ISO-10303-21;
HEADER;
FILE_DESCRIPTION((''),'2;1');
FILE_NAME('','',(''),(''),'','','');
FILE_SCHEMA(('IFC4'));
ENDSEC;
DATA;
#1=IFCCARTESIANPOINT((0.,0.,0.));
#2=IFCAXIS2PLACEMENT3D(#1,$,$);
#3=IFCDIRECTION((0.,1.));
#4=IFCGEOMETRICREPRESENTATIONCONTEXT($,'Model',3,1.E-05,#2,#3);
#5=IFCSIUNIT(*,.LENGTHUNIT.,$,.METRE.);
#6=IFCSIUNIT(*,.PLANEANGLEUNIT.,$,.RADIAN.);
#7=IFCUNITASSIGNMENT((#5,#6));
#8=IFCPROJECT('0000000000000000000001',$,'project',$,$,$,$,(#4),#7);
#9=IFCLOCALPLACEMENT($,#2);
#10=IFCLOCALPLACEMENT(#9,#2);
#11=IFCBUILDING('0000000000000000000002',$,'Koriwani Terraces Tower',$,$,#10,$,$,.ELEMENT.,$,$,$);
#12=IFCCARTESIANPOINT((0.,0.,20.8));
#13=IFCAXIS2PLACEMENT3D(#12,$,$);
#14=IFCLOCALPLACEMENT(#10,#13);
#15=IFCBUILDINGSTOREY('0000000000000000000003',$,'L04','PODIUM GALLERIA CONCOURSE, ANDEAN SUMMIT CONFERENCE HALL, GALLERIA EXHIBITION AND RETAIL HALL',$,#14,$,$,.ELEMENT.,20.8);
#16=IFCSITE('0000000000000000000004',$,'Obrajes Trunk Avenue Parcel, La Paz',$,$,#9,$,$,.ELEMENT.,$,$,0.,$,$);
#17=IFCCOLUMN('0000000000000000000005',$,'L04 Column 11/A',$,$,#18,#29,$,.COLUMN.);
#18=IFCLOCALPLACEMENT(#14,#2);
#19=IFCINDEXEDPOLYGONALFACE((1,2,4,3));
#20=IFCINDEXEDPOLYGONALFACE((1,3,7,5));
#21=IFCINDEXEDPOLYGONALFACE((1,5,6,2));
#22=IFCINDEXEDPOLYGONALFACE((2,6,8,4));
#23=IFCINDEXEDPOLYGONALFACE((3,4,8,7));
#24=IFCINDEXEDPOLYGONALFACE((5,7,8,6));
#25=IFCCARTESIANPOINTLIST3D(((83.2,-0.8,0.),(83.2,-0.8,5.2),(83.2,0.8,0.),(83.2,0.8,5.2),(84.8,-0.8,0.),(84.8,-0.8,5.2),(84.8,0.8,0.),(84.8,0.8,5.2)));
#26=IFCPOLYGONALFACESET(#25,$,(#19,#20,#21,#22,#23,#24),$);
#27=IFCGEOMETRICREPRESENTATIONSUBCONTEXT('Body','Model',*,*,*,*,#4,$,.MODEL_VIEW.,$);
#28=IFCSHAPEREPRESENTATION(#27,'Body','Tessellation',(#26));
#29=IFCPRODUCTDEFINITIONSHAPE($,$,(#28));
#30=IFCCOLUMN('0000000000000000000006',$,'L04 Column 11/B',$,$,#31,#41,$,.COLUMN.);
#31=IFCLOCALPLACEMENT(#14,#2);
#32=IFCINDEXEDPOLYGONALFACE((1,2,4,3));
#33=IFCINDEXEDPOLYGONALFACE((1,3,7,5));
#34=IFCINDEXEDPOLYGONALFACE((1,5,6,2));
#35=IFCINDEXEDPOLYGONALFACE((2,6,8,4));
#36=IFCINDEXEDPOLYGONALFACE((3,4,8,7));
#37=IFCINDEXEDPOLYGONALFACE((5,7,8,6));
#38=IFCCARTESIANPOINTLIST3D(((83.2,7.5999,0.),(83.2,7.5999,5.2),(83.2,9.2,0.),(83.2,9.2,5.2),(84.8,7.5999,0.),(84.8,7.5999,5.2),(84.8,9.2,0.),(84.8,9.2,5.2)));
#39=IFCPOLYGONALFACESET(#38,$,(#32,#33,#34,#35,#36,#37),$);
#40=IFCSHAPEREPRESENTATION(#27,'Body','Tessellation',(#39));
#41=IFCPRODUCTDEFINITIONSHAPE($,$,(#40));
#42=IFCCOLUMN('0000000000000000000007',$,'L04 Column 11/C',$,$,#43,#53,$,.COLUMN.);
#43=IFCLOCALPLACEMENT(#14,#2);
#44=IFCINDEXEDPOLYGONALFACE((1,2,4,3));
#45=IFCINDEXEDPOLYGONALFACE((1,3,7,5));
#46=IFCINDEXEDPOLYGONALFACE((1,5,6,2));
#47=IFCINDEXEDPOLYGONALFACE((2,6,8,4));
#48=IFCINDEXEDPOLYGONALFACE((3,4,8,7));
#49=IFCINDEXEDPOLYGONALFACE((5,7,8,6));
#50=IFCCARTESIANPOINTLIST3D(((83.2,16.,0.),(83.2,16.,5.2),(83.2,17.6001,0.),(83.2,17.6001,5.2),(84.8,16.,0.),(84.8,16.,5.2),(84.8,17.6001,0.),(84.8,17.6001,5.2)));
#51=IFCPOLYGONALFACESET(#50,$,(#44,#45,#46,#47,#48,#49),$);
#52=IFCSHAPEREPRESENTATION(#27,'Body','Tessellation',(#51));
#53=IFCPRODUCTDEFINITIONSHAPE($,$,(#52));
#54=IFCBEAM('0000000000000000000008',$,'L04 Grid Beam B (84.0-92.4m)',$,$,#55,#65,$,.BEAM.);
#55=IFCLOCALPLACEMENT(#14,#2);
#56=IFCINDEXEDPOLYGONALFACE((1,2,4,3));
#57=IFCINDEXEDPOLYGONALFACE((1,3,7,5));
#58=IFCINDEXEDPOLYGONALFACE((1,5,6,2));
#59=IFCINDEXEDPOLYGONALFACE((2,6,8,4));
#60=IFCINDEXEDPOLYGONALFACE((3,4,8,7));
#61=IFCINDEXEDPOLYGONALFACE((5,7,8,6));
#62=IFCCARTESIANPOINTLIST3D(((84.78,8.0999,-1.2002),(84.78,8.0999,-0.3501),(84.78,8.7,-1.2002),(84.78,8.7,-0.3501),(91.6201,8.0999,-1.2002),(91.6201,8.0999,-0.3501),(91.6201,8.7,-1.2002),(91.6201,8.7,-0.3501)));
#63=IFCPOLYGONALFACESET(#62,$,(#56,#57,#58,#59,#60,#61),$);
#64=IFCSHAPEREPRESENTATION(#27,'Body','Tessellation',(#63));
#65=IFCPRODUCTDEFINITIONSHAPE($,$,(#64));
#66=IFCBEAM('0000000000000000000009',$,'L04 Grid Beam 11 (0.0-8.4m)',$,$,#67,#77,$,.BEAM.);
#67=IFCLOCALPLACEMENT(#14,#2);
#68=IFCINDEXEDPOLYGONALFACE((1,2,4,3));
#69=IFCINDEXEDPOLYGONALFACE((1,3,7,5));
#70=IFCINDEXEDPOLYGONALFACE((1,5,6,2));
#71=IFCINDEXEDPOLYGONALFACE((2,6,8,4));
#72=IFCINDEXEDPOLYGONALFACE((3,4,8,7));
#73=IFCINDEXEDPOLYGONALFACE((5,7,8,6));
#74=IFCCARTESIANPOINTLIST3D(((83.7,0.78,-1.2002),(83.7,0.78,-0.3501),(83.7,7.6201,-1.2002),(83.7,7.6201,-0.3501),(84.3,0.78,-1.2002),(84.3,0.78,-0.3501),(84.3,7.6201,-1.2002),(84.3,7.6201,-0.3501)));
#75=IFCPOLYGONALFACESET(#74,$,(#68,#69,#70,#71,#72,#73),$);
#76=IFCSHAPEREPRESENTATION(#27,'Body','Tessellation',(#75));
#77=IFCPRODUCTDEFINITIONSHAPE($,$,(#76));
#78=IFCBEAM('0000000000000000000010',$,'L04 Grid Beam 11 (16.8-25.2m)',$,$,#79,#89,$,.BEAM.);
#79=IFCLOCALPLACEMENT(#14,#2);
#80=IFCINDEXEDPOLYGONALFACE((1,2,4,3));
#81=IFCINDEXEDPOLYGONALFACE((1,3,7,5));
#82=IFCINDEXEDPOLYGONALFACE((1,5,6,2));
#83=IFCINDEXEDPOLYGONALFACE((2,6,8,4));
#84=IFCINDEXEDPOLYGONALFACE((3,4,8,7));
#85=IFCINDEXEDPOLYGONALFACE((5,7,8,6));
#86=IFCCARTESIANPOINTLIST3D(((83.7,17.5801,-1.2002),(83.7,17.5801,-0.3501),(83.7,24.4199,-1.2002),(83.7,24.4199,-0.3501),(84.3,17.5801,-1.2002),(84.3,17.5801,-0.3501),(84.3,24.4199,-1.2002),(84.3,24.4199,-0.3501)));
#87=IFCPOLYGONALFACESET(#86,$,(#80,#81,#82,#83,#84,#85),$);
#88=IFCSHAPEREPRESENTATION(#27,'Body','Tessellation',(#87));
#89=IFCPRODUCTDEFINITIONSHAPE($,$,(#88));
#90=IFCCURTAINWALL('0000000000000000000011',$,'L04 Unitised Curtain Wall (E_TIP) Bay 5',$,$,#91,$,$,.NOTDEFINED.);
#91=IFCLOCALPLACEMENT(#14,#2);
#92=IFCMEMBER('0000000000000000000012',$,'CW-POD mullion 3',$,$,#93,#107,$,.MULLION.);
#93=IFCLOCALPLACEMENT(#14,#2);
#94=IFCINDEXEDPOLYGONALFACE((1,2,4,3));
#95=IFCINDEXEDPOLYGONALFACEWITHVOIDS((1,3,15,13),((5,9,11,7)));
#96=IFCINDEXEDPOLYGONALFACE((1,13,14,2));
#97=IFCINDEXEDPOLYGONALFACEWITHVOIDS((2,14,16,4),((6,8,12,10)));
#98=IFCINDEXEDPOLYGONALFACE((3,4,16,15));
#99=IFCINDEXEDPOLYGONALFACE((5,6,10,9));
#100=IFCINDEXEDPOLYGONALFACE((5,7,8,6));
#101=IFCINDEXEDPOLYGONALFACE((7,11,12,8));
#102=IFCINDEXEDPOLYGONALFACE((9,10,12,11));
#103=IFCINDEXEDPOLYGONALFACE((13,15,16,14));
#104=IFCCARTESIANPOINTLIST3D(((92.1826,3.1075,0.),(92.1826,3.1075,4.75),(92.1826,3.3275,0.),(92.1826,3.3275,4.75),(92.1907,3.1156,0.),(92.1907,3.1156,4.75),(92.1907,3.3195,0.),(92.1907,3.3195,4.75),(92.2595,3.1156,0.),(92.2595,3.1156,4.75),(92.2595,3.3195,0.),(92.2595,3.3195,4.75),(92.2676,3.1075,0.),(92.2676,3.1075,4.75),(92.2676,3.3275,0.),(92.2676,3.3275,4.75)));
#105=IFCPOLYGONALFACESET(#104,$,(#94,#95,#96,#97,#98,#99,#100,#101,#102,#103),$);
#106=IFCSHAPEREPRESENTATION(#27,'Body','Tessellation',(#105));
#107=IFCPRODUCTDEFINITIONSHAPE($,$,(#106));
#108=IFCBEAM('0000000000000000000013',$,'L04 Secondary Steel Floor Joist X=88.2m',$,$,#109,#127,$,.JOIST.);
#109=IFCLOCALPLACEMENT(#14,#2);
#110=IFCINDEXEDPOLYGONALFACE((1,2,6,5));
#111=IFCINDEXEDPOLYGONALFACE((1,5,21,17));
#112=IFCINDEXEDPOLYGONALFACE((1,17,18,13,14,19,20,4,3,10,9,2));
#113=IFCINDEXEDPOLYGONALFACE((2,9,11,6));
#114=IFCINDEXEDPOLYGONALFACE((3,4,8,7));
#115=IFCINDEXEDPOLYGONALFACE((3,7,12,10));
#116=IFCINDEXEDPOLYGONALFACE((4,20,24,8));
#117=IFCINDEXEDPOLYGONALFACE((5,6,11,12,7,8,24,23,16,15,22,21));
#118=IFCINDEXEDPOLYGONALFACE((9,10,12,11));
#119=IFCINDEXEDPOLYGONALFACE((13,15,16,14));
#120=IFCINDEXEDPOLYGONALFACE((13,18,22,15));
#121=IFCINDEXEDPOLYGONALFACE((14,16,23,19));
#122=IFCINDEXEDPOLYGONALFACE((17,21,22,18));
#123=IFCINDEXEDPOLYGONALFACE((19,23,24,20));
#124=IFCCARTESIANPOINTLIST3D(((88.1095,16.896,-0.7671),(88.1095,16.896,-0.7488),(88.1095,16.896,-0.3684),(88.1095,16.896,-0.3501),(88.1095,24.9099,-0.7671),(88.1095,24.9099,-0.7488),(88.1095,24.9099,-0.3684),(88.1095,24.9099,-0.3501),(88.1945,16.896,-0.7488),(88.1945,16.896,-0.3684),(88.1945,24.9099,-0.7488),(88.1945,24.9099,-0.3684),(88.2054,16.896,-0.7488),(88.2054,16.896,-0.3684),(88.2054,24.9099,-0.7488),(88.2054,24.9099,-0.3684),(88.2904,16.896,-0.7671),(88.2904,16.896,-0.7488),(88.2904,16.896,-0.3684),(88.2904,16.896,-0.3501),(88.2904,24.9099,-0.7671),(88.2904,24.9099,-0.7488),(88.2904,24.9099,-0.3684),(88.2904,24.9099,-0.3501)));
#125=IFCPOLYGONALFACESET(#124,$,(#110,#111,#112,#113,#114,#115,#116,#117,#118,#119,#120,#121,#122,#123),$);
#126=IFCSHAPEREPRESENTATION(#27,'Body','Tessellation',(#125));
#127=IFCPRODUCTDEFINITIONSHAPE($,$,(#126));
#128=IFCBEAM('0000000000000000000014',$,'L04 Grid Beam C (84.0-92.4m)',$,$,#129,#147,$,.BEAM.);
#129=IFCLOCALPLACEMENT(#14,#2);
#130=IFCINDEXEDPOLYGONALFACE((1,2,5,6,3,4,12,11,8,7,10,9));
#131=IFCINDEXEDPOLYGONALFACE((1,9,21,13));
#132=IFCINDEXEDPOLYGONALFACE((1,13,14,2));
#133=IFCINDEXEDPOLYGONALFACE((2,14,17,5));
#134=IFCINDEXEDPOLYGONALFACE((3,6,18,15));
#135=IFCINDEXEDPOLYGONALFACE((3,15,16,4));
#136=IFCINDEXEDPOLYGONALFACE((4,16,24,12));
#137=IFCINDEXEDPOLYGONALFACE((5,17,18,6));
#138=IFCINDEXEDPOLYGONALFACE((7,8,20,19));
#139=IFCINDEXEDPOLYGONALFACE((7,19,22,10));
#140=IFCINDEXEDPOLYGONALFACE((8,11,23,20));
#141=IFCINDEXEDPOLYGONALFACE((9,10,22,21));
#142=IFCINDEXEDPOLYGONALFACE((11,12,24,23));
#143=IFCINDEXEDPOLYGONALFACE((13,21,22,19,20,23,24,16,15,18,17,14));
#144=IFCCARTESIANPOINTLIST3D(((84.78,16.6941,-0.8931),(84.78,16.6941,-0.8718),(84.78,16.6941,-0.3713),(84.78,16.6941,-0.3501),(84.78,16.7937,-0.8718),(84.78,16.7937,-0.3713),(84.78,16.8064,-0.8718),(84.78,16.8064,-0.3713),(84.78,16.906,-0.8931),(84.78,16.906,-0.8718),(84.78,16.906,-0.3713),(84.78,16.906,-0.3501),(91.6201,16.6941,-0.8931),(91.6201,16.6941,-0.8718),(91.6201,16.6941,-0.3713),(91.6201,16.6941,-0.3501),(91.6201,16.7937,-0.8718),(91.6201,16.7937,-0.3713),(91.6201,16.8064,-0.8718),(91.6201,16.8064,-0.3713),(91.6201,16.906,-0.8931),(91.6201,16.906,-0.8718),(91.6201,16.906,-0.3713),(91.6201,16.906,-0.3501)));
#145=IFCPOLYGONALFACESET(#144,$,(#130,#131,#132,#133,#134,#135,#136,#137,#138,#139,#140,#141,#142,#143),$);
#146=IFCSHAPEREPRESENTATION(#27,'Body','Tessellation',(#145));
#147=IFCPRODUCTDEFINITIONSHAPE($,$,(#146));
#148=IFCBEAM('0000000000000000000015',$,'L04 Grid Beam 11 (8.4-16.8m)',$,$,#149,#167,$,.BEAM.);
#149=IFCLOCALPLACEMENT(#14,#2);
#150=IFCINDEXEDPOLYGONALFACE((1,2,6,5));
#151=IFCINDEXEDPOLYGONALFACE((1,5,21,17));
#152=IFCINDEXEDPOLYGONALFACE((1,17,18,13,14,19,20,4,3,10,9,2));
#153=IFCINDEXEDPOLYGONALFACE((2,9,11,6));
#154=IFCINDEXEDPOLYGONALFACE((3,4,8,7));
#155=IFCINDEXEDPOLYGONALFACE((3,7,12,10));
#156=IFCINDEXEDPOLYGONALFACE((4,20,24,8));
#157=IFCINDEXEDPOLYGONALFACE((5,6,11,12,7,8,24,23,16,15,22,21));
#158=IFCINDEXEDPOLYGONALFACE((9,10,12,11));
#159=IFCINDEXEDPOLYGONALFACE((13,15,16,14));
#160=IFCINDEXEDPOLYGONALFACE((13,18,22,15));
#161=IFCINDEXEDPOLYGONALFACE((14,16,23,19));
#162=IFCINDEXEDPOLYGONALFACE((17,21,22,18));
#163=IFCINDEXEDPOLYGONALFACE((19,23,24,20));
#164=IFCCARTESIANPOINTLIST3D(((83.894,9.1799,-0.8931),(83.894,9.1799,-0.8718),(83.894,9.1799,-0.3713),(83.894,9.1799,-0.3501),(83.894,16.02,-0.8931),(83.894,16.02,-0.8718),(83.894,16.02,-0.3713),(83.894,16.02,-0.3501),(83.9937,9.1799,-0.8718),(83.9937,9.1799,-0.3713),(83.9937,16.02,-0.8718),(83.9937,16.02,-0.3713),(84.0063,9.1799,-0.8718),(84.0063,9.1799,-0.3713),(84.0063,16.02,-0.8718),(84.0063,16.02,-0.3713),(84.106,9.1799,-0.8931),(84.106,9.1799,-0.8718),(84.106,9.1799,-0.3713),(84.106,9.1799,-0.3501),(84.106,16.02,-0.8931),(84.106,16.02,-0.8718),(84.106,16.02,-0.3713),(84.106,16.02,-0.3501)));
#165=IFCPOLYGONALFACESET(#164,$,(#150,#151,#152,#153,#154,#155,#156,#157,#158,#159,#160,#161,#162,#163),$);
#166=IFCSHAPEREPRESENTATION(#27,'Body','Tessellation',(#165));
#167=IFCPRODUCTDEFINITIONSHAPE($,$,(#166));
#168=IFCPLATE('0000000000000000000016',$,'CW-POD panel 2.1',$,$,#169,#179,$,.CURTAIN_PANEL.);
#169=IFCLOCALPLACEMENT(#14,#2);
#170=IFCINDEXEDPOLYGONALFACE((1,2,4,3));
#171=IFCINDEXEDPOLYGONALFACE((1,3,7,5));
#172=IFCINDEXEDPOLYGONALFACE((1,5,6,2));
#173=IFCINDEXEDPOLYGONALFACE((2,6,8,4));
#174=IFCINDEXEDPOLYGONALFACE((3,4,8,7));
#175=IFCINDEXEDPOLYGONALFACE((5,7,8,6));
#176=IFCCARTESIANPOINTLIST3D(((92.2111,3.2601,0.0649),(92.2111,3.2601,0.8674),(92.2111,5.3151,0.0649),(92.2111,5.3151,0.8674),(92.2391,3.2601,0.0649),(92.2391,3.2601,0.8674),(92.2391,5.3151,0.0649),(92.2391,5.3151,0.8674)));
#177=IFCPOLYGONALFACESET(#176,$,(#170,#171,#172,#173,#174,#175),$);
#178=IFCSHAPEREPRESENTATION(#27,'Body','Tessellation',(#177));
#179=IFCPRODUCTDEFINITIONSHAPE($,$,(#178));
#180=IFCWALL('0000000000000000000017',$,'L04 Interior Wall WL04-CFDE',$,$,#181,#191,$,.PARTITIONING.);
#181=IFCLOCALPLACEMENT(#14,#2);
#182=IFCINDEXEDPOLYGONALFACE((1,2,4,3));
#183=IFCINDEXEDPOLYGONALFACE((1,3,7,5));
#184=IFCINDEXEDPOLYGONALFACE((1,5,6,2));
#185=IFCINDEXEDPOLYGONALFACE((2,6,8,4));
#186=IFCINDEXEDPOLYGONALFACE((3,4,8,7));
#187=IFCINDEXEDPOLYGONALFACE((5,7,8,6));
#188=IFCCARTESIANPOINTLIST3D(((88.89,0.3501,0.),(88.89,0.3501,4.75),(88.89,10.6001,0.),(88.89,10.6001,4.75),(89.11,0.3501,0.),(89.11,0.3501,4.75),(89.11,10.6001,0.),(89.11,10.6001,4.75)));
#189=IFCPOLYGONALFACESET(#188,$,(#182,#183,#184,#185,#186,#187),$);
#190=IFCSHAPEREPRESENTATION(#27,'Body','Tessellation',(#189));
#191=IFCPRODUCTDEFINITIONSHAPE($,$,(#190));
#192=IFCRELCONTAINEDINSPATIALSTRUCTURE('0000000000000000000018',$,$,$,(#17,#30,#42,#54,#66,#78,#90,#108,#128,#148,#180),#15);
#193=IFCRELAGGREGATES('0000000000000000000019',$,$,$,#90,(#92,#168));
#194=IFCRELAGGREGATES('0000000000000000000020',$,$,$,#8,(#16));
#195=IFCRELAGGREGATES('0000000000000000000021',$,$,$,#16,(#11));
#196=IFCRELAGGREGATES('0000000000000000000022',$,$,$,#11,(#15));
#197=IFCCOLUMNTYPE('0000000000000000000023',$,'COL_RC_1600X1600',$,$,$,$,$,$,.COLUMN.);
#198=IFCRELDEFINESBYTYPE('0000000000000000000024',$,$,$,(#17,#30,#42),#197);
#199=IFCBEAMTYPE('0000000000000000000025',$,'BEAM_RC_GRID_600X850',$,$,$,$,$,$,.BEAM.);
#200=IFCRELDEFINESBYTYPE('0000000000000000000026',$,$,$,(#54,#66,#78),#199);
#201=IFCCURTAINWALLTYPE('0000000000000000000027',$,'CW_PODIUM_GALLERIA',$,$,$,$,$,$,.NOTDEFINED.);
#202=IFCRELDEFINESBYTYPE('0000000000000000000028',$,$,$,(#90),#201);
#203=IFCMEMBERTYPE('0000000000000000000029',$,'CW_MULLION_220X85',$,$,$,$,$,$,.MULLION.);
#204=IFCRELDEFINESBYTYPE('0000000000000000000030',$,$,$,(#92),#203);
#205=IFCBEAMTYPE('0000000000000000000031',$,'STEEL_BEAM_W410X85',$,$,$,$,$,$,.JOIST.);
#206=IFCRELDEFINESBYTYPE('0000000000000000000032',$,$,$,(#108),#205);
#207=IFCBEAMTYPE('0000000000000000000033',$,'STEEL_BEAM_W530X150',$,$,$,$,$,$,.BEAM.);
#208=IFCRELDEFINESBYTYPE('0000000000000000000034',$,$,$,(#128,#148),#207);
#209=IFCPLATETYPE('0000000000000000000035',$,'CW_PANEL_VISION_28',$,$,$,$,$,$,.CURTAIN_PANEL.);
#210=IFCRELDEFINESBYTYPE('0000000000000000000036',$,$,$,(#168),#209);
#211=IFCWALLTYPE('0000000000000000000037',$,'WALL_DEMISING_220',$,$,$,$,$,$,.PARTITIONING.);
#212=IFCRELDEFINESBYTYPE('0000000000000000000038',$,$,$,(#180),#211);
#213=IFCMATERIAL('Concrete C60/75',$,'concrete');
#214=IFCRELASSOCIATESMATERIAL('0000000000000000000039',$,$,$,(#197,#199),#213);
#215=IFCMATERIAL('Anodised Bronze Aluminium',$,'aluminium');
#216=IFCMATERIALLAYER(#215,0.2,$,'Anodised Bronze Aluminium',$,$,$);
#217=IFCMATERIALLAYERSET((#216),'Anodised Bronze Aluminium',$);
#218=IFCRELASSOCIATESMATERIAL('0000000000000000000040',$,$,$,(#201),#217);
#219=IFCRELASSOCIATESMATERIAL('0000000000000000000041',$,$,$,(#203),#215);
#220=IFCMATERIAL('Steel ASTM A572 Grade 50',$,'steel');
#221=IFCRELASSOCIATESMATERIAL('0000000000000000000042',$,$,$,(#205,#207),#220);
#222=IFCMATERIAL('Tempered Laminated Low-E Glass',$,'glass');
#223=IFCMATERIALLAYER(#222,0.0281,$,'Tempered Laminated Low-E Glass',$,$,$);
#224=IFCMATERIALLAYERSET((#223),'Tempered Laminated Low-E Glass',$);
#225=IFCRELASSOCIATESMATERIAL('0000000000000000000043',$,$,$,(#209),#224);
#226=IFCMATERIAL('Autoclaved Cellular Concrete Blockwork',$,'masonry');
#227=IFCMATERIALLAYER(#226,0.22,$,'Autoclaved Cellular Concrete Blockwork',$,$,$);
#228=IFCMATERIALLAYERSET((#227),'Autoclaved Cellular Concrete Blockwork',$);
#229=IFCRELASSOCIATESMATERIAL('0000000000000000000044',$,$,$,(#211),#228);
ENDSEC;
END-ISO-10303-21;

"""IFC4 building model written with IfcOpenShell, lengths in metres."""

from ifc_helpers import new_model, si_unit, direction, frame, frame_2d, origin, origin_2d, place, context, subcontext, project, spatial, rectangle, hollow_rectangle, i_section, extrude, material, layer, layer_set, material_profile, profile_set, type_object, element, aggregate, save


model = new_model("IFC4")

# Units and contexts
model_context = context("Model", 3, precision=1e-05, world=origin(), true_north=direction((0.0, 1.0)))
body_context = subcontext(model_context, "Body", "Model", "MODEL_VIEW")
ifc_project = project(units=[si_unit("LENGTHUNIT", "METRE"), si_unit("PLANEANGLEUNIT", "RADIAN")], contexts=[model_context])

# Site, building, storey
site_placement = place(None, origin())
site = spatial("IfcSite", under=ifc_project, at=site_placement, Name="Obrajes Trunk Avenue Parcel, La Paz", CompositionType="ELEMENT", RefElevation=0.0)
building_placement = place(site_placement, origin())
building = spatial("IfcBuilding", under=site, at=building_placement, Name="Koriwani Terraces Tower", CompositionType="ELEMENT")
storey_placement = place(building_placement, frame((0.0, 0.0, 20.8)))
storey = spatial("IfcBuildingStorey", under=building, at=storey_placement, Name="L04", Description="PODIUM GALLERIA CONCOURSE, ANDEAN SUMMIT CONFERENCE HALL, GALLERIA EXHIBITION AND RETAIL HALL", CompositionType="ELEMENT", Elevation=20.8)

# Columns
ifc_material_1 = material(Name="Concrete C60/75", Category="concrete")
ifc_material_profile_1 = material_profile(ifc_material_1, rectangle(XDim=1.6001, YDim=1.6001, at=origin_2d()), Name="Concrete C60/75", Category="LoadBearing")
ifc_profile_set_1 = profile_set([ifc_material_profile_1], Name="Concrete C60/75")
column_type = type_object("IfcColumnType", Name="COL_RC_1600X1600", PredefinedType="COLUMN", material=ifc_profile_set_1)
for number, where, z_axis, x_axis, name in (
    (1, (84.0, 0.0, 0.0), (0.0, 0.0, 1.0), (1.0, 0.0, 0.0), "L04 Column 11/A"),
    (2, (84.0, 8.3999, 0.0), (0.0, 0.0, 1.0), (1.0, 0.0, 0.0), "L04 Column 11/B"),
    (3, (84.0, 16.8, 0.0), (0.0, 0.0, 1.0), (1.0, 0.0, 0.0), "L04 Column 11/C"),
):
    element("IfcColumn", number, at=place(storey_placement, frame(where, z_axis=z_axis, x_axis=x_axis)), inside=storey, type_object=column_type, Name=name, PredefinedType="COLUMN", context=body_context, shape_type="SweptSolid", body=[
        extrude(rectangle(XDim=1.6001, YDim=1.6001, at=origin_2d()), origin(), (0.0, 0.0, 1.0), 5.2),
    ])

# Beams
ifc_material_profile_2 = material_profile(ifc_material_1, rectangle(XDim=0.6001, YDim=0.8501, at=origin_2d()), Name="Concrete C60/75", Category="LoadBearing")
ifc_profile_set_2 = profile_set([ifc_material_profile_2], Name="Concrete C60/75")
beam_type_1 = type_object("IfcBeamType", Name="BEAM_RC_GRID_600X850", PredefinedType="BEAM", material=ifc_profile_set_2)
for number, where, z_axis, x_axis, name in (
    (4, (84.78, 8.3999, -0.7751), (1.0, 0.0, 0.0), (0.0, 1.0, 0.0), "L04 Grid Beam B (84.0-92.4m)"),
    (5, (84.0, 0.78, -0.7751), (0.0, 1.0, 0.0), (-1.0, 0.0, 0.0), "L04 Grid Beam 11 (0.0-8.4m)"),
):
    element("IfcBeam", number, at=place(storey_placement, frame(where, z_axis=z_axis, x_axis=x_axis)), inside=storey, type_object=beam_type_1, Name=name, PredefinedType="BEAM", context=body_context, shape_type="SweptSolid", body=[
        extrude(rectangle(XDim=0.6001, YDim=0.8501, at=origin_2d()), origin(), (0.0, 0.0, 1.0), 6.8401),
    ])
beam_1_placement = place(storey_placement, frame((84.0, 17.5801, -0.7751), z_axis=(0.0, 1.0, 0.0), x_axis=(-1.0, 0.0, 0.0)))
element("IfcBeam", 6, at=beam_1_placement, inside=storey, type_object=beam_type_1, Name="L04 Grid Beam 11 (16.8-25.2m)", PredefinedType="BEAM", context=body_context, shape_type="SweptSolid", body=[
    extrude(rectangle(XDim=0.6001, YDim=0.8501, at=origin_2d()), origin(), (0.0, 0.0, 1.0), 6.8398),
])

# Curtain wall, member
ifc_material_2 = material(Name="Anodised Bronze Aluminium", Category="aluminium")
ifc_layer_1 = layer(ifc_material_2, 0.2, Name="Anodised Bronze Aluminium")
ifc_layer_set_1 = layer_set([ifc_layer_1], Name="Anodised Bronze Aluminium")
curtain_wall_type = type_object("IfcCurtainWallType", Name="CW_PODIUM_GALLERIA", PredefinedType="NOTDEFINED", material=ifc_layer_set_1)
curtain_wall_placement = place(storey_placement, origin())
curtain_wall = element("IfcCurtainWall", 7, at=curtain_wall_placement, inside=storey, type_object=curtain_wall_type, Name="L04 Unitised Curtain Wall (E_TIP) Bay 5", PredefinedType="NOTDEFINED")
ifc_material_profile_3 = material_profile(ifc_material_2, hollow_rectangle(XDim=0.085, YDim=0.22, WallThickness=0.0081, at=origin_2d()), Name="Anodised Bronze Aluminium", Category="LoadBearing")
ifc_profile_set_3 = profile_set([ifc_material_profile_3], Name="Anodised Bronze Aluminium")
member_type = type_object("IfcMemberType", Name="CW_MULLION_220X85", PredefinedType="MULLION", material=ifc_profile_set_3)
member_placement = place(storey_placement, frame((92.2251, 3.2175, 0.0), z_axis=(0.0, 0.0, 1.0), x_axis=(1.0, 0.0, 0.0)))
member = element("IfcMember", 8, at=member_placement, type_object=member_type, Name="CW-POD mullion 3", PredefinedType="MULLION", context=body_context, shape_type="SweptSolid", body=[
    extrude(hollow_rectangle(XDim=0.085, YDim=0.22, WallThickness=0.0081, at=origin_2d()), origin(), (0.0, 0.0, 1.0), 4.75),
])

# Beams
ifc_material_3 = material(Name="Steel ASTM A572 Grade 50", Category="steel")
ifc_material_profile_4 = material_profile(ifc_material_3, i_section(OverallWidth=0.1809, OverallDepth=0.417, WebThickness=0.011, FlangeThickness=0.0183, at=origin_2d()), Name="Steel ASTM A572 Grade 50", Category="LoadBearing")
ifc_profile_set_4 = profile_set([ifc_material_profile_4], Name="Steel ASTM A572 Grade 50")
beam_type_2 = type_object("IfcBeamType", Name="STEEL_BEAM_W410X85", PredefinedType="JOIST", material=ifc_profile_set_4)
beam_2_placement = place(storey_placement, frame((88.2, 16.896, -0.5586), z_axis=(0.0, 1.0, 0.0), x_axis=(-1.0, 0.0, 0.0)))
element("IfcBeam", 9, at=beam_2_placement, inside=storey, type_object=beam_type_2, Name="L04 Secondary Steel Floor Joist X=88.2m", PredefinedType="JOIST", context=body_context, shape_type="SweptSolid", body=[
    extrude(i_section(OverallWidth=0.1809, OverallDepth=0.417, WebThickness=0.011, FlangeThickness=0.0183, at=origin_2d()), origin(), (0.0, 0.0, 1.0), 8.0139),
])
ifc_material_profile_5 = material_profile(ifc_material_3, i_section(OverallWidth=0.2119, OverallDepth=0.543, WebThickness=0.0127, FlangeThickness=0.0212, at=origin_2d()), Name="Steel ASTM A572 Grade 50", Category="LoadBearing")
ifc_profile_set_5 = profile_set([ifc_material_profile_5], Name="Steel ASTM A572 Grade 50")
beam_type_3 = type_object("IfcBeamType", Name="STEEL_BEAM_W530X150", PredefinedType="BEAM", material=ifc_profile_set_5)
for number, where, z_axis, x_axis, name in (
    (10, (84.78, 16.8, -0.6216), (1.0, 0.0, 0.0), (0.0, 1.0, 0.0), "L04 Grid Beam C (84.0-92.4m)"),
    (11, (84.0, 9.1799, -0.6216), (0.0, 1.0, 0.0), (-1.0, 0.0, 0.0), "L04 Grid Beam 11 (8.4-16.8m)"),
):
    element("IfcBeam", number, at=place(storey_placement, frame(where, z_axis=z_axis, x_axis=x_axis)), inside=storey, type_object=beam_type_3, Name=name, PredefinedType="BEAM", context=body_context, shape_type="SweptSolid", body=[
        extrude(i_section(OverallWidth=0.2119, OverallDepth=0.543, WebThickness=0.0127, FlangeThickness=0.0212, at=origin_2d()), origin(), (0.0, 0.0, 1.0), 6.8401),
    ])

# Plate
ifc_material_4 = material(Name="Tempered Laminated Low-E Glass", Category="glass")
ifc_layer_2 = layer(ifc_material_4, 0.0281, Name="Tempered Laminated Low-E Glass")
ifc_layer_set_2 = layer_set([ifc_layer_2], Name="Tempered Laminated Low-E Glass")
plate_type = type_object("IfcPlateType", Name="CW_PANEL_VISION_28", PredefinedType="CURTAIN_PANEL", material=ifc_layer_set_2)
plate_placement = place(storey_placement, frame((92.2251, 4.2876, 0.0649), z_axis=(0.0, 0.0, 1.0), x_axis=(0.0, -1.0, 0.0)))
plate = element("IfcPlate", 12, at=plate_placement, type_object=plate_type, Name="CW-POD panel 2.1", PredefinedType="CURTAIN_PANEL", context=body_context, shape_type="SweptSolid", body=[
    extrude(rectangle(XDim=2.0549, YDim=0.0281, at=origin_2d()), origin(), (0.0, 0.0, 1.0), 0.8025),
])
aggregate(curtain_wall, [member, plate])

# Wall
ifc_material_5 = material(Name="Autoclaved Cellular Concrete Blockwork", Category="masonry")
ifc_layer_3 = layer(ifc_material_5, 0.22, Name="Autoclaved Cellular Concrete Blockwork")
ifc_layer_set_3 = layer_set([ifc_layer_3], Name="Autoclaved Cellular Concrete Blockwork")
wall_type_1 = type_object("IfcWallType", Name="WALL_DEMISING_220", PredefinedType="PARTITIONING", material=ifc_layer_set_3)
wall_1_placement = place(storey_placement, frame((89.0, 0.3501, 0.0), z_axis=(0.0, 0.0, 1.0), x_axis=(0.0, 1.0, 0.0)))
element("IfcWall", 13, at=wall_1_placement, inside=storey, type_object=wall_type_1, Name="L04 Interior Wall WL04-CFDE", PredefinedType="PARTITIONING", context=body_context, shape_type="SweptSolid", body=[
    extrude(rectangle(XDim=10.25, YDim=0.22, at=frame_2d((5.125, 0.0))), origin(), (0.0, 0.0, 1.0), 4.75),
])

save(model, "model.ifc")
